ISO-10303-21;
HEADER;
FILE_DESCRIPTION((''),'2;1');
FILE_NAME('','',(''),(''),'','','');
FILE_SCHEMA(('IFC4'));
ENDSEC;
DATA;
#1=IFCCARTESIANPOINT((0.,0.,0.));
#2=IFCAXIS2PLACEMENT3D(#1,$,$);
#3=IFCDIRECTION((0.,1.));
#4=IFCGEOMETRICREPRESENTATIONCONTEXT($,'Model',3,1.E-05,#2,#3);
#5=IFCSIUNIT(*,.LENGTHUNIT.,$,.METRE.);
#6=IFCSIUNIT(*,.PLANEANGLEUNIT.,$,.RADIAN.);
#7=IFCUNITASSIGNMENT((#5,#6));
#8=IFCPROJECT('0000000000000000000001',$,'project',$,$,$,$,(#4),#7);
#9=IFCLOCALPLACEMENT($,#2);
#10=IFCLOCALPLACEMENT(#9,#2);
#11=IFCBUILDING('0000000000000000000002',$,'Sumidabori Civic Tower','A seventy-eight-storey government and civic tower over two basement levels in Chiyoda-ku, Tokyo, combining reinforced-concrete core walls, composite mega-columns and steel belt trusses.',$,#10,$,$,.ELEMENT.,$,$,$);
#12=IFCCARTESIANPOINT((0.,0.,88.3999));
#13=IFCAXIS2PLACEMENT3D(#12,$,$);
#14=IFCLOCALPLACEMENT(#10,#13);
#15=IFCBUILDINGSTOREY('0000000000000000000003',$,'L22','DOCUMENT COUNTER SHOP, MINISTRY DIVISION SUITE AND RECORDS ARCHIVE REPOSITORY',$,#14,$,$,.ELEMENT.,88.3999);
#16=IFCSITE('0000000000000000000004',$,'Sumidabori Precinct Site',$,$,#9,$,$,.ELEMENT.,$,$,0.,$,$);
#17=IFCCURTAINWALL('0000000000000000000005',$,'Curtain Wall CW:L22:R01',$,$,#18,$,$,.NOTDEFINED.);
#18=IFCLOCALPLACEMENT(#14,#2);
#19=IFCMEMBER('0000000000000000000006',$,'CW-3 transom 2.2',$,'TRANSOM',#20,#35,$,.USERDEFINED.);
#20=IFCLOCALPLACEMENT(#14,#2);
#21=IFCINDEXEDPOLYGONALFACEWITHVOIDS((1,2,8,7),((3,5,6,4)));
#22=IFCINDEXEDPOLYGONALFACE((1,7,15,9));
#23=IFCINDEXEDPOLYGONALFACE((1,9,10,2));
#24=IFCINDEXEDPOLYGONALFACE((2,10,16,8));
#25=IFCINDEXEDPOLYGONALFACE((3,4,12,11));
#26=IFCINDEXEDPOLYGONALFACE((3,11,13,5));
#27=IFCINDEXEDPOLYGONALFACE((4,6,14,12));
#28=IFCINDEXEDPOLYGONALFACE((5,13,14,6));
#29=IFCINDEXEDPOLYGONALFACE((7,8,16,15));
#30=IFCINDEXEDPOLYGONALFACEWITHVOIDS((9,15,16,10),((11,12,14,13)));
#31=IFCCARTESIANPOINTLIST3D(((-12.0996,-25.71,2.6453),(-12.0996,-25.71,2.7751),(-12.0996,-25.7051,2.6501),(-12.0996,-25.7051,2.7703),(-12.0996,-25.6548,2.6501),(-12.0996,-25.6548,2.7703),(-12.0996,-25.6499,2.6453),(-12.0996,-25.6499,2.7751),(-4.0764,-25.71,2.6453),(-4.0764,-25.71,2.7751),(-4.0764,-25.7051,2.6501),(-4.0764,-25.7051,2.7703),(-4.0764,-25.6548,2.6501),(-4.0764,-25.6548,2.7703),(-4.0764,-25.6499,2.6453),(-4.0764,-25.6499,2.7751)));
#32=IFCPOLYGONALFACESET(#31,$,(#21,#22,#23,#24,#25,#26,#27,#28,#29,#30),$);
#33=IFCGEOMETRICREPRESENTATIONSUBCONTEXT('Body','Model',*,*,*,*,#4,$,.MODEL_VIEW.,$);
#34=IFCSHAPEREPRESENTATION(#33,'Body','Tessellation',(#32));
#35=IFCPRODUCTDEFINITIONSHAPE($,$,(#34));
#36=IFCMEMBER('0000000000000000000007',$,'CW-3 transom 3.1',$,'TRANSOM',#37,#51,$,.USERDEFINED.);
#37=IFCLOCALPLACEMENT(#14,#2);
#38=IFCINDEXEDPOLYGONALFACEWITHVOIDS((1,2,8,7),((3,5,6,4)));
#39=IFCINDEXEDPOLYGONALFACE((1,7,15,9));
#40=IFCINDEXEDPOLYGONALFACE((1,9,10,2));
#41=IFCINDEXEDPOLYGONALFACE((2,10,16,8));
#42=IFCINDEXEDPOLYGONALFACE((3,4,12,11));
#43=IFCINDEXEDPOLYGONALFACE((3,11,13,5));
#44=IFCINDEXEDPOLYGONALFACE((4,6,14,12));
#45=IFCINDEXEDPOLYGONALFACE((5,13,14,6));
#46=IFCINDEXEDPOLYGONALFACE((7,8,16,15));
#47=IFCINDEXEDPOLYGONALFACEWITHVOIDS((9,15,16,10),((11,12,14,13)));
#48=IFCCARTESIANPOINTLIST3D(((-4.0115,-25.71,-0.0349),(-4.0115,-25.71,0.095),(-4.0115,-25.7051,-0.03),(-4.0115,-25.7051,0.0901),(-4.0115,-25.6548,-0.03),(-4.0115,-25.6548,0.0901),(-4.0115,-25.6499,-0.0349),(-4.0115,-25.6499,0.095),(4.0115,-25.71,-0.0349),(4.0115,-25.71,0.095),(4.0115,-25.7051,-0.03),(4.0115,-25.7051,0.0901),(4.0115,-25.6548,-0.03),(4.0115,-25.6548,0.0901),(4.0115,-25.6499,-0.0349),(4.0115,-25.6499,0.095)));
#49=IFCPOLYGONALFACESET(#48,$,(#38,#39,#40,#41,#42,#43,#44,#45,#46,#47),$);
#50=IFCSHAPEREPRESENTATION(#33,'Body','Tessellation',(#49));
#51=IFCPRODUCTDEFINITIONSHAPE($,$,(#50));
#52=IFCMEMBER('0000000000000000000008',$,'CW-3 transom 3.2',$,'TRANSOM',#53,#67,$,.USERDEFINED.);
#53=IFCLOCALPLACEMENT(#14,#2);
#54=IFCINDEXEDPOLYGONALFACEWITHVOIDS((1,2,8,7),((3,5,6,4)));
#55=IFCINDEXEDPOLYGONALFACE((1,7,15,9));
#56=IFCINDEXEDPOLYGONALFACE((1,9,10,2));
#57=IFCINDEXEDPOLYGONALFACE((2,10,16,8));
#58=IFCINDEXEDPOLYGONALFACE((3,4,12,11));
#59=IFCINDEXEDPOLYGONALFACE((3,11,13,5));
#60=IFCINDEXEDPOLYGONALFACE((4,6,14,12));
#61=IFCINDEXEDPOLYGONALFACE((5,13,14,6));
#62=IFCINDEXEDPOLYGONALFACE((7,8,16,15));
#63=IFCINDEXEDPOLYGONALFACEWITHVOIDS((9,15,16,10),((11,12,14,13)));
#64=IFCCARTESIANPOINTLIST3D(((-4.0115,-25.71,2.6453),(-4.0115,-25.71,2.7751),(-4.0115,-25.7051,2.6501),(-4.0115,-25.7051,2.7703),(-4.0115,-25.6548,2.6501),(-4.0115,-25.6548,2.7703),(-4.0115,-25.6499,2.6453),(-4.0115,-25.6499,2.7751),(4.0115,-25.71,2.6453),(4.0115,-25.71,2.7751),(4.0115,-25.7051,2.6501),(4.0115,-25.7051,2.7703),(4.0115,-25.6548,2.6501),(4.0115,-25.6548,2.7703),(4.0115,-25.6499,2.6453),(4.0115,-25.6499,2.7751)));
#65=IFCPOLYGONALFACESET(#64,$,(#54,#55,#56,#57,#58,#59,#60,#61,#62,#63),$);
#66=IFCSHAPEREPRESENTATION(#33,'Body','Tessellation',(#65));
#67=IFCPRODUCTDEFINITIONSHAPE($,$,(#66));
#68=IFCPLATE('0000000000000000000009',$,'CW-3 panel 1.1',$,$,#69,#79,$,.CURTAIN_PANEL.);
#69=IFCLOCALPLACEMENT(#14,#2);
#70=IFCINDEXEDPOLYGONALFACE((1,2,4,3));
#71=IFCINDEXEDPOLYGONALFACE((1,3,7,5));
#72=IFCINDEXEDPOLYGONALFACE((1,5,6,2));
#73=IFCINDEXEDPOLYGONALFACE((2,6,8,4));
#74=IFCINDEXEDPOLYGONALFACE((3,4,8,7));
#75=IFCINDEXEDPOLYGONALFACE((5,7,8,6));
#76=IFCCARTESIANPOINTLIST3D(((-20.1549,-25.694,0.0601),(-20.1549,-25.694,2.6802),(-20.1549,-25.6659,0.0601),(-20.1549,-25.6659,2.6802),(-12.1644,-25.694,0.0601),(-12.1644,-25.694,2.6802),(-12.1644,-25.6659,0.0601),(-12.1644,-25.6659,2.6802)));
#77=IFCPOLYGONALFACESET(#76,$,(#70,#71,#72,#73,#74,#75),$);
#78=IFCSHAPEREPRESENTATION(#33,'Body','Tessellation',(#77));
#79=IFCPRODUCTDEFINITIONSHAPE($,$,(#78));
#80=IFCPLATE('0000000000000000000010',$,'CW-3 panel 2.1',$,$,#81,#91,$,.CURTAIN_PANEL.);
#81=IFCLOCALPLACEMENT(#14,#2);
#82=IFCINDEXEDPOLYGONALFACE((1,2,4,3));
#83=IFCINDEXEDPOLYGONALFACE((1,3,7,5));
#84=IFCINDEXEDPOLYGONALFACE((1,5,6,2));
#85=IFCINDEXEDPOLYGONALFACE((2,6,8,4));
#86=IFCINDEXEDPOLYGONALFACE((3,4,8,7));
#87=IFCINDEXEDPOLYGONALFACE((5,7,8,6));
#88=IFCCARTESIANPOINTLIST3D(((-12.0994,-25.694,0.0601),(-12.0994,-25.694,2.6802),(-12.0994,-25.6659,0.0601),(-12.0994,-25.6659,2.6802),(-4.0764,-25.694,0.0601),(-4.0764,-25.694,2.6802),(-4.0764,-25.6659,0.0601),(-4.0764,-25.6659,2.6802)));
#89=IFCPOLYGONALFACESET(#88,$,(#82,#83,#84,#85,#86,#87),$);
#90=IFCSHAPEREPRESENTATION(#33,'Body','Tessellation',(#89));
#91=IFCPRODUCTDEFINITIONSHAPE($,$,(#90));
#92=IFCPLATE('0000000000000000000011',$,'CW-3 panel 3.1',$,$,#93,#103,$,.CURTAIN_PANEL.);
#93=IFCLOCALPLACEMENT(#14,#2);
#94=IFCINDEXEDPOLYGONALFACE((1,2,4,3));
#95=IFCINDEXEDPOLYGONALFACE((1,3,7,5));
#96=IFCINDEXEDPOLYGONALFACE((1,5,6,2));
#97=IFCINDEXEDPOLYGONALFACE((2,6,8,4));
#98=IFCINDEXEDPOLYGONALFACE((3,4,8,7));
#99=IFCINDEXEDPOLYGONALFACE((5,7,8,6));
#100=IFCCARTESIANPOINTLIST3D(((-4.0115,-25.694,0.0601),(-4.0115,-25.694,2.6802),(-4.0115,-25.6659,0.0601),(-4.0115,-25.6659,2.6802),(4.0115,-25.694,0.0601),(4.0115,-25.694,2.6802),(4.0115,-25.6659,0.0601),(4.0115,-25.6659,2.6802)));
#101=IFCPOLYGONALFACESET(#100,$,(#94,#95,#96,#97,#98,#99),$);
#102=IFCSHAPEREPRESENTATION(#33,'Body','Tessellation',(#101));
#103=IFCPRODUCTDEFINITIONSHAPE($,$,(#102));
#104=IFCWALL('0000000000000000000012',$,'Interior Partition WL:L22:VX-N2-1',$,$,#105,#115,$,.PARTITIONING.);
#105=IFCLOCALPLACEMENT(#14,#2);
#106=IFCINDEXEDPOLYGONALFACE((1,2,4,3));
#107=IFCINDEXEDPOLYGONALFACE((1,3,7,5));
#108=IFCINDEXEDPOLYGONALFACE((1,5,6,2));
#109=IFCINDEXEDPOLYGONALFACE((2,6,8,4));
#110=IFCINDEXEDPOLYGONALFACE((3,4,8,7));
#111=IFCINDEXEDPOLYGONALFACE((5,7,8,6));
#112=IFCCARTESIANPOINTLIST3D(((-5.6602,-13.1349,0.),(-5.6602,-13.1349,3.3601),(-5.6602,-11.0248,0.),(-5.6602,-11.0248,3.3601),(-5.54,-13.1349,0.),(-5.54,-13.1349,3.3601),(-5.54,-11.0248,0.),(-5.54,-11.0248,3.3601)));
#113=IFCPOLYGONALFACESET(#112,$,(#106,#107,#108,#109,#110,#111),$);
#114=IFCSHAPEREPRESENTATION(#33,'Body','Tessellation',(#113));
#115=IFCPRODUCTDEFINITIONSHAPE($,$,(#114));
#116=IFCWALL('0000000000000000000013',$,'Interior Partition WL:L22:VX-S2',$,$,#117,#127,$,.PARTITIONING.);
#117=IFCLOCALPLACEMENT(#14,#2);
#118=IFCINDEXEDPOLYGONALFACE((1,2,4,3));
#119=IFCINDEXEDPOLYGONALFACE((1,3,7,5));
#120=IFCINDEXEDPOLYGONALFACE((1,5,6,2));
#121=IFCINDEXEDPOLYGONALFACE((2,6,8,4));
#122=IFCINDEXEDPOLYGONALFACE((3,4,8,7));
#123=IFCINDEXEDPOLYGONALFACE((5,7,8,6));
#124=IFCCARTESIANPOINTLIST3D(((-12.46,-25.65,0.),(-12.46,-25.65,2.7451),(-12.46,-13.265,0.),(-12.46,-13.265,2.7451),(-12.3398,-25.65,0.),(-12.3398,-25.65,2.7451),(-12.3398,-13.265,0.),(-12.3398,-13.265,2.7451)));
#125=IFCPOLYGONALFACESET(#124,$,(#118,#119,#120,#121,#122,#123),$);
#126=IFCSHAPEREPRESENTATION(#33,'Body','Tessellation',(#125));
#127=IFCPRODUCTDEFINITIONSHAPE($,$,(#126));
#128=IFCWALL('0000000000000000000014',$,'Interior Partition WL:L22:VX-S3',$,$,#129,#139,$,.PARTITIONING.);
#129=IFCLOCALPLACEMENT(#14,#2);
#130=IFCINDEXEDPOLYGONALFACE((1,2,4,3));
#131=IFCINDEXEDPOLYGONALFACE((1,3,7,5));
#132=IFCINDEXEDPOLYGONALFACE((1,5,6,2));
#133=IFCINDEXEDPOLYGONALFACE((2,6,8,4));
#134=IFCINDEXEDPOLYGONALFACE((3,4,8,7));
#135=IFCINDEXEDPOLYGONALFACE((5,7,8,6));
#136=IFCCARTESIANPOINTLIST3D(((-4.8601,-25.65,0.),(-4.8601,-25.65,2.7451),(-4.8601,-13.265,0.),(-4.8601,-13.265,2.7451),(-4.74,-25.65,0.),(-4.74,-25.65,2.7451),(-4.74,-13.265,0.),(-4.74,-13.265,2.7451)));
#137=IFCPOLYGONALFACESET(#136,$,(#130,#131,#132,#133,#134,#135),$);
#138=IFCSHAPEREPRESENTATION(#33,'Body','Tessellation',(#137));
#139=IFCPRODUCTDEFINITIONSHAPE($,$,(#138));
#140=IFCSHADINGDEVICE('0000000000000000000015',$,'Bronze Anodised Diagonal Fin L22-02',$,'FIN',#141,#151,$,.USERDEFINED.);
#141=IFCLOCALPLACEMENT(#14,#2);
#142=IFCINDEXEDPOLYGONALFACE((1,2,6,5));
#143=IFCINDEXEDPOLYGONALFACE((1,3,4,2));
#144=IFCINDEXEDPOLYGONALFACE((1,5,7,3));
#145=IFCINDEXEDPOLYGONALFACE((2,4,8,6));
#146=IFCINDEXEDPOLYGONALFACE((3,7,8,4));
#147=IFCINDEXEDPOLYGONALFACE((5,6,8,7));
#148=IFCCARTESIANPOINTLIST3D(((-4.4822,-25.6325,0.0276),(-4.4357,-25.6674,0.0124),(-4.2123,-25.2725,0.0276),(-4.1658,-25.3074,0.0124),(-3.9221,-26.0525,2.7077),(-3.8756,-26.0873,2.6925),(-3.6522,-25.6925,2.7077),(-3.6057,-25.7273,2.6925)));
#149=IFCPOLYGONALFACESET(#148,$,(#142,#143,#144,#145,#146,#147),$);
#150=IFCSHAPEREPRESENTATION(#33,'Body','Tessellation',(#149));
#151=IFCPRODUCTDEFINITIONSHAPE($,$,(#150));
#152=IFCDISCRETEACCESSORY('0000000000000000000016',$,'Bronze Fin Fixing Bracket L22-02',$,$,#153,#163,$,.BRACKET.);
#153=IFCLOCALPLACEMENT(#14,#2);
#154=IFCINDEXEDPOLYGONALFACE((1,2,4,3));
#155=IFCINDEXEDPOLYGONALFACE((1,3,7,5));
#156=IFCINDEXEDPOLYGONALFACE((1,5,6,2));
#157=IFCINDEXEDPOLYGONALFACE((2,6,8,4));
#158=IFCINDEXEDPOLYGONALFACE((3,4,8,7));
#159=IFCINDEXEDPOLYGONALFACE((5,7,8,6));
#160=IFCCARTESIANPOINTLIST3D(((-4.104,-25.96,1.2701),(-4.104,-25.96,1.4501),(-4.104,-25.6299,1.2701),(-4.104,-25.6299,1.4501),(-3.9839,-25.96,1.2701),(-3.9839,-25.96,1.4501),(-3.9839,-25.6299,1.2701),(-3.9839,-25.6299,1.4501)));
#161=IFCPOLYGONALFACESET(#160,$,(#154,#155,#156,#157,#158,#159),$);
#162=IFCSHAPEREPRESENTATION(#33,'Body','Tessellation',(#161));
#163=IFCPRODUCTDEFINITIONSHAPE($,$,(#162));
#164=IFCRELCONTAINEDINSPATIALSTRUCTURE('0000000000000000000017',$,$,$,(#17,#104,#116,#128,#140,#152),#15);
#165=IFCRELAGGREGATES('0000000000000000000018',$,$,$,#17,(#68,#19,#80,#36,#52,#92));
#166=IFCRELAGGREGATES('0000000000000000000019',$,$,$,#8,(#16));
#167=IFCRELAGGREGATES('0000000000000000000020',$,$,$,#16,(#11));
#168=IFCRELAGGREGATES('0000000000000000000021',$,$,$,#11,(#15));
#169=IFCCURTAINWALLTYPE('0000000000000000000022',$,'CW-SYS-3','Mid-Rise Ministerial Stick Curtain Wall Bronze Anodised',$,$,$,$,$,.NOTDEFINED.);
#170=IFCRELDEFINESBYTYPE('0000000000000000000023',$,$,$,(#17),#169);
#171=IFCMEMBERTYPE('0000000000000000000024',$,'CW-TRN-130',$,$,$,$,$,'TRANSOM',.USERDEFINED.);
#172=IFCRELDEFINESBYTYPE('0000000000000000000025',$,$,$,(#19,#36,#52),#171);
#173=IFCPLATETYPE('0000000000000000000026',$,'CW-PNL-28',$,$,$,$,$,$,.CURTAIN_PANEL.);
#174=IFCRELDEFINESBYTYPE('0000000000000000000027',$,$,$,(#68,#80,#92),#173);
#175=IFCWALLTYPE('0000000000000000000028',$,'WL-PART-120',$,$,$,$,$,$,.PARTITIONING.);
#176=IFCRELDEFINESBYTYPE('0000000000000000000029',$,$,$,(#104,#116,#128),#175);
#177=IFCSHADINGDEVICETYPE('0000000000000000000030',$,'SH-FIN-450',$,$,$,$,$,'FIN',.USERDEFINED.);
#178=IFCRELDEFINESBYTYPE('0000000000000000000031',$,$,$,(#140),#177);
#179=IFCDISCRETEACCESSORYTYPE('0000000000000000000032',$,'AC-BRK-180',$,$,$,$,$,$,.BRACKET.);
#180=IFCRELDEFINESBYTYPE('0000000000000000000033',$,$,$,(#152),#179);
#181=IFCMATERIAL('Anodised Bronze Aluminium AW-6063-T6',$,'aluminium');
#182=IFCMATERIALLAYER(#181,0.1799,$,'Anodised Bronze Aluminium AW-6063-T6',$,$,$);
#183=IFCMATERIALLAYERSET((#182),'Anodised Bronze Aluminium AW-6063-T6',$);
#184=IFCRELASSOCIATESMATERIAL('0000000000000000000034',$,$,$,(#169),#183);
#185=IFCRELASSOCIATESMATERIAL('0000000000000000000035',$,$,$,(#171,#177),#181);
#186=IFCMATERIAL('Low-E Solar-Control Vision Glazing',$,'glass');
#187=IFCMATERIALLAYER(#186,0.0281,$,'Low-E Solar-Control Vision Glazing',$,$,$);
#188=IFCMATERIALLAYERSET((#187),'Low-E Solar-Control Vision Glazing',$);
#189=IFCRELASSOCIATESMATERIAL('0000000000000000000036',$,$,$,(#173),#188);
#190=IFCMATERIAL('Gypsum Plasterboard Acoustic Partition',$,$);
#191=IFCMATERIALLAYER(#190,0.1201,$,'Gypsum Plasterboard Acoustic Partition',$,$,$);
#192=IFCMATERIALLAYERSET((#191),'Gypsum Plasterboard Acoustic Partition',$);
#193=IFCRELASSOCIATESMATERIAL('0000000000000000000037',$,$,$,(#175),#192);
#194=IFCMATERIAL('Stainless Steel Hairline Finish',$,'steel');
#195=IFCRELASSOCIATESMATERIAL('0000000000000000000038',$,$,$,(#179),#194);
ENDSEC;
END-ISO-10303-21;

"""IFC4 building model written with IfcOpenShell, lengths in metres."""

from ifc_helpers import new_model, si_unit, direction, frame, frame_2d, origin, origin_2d, place, context, subcontext, project, spatial, rectangle, hollow_rectangle, extrude, source, transform, mapped, material, layer, layer_set, material_profile, profile_set, type_object, element, aggregate, save


model = new_model("IFC4")

# Units and contexts
model_context = context("Model", 3, precision=1e-05, world=origin(), true_north=direction((0.0, 1.0)))
body_context = subcontext(model_context, "Body", "Model", "MODEL_VIEW")
ifc_project = project(units=[si_unit("LENGTHUNIT", "METRE"), si_unit("PLANEANGLEUNIT", "RADIAN")], contexts=[model_context])

# Site, building, storey
site_placement = place(None, origin())
site = spatial("IfcSite", under=ifc_project, at=site_placement, Name="Sumidabori Precinct Site", CompositionType="ELEMENT", RefElevation=0.0)
building_placement = place(site_placement, origin())
building = spatial("IfcBuilding", under=site, at=building_placement, Name="Sumidabori Civic Tower", Description="A seventy-eight-storey government and civic tower over two basement levels in Chiyoda-ku, Tokyo, combining reinforced-concrete core walls, composite mega-columns and steel belt trusses.", CompositionType="ELEMENT")
storey_placement = place(building_placement, frame((0.0, 0.0, 88.3999)))
storey = spatial("IfcBuildingStorey", under=building, at=storey_placement, Name="L22", Description="DOCUMENT COUNTER SHOP, MINISTRY DIVISION SUITE AND RECORDS ARCHIVE REPOSITORY", CompositionType="ELEMENT", Elevation=88.3999)

# Curtain wall, members, plates
ifc_material_1 = material(Name="Anodised Bronze Aluminium AW-6063-T6", Category="aluminium")
ifc_layer_1 = layer(ifc_material_1, 0.1799, Name="Anodised Bronze Aluminium AW-6063-T6")
ifc_layer_set_1 = layer_set([ifc_layer_1], Name="Anodised Bronze Aluminium AW-6063-T6")
curtain_wall_type = type_object("IfcCurtainWallType", Name="CW-SYS-3", Description="Mid-Rise Ministerial Stick Curtain Wall Bronze Anodised", PredefinedType="NOTDEFINED", material=ifc_layer_set_1)
curtain_wall_placement = place(storey_placement, origin())
curtain_wall = element("IfcCurtainWall", 1, at=curtain_wall_placement, inside=storey, type_object=curtain_wall_type, Name="Curtain Wall CW:L22:R01", PredefinedType="NOTDEFINED")
ifc_material_profile_1 = material_profile(ifc_material_1, hollow_rectangle(XDim=0.0601, YDim=0.1299, WallThickness=0.0049, at=origin_2d()), Name="ALU TRANSOM 130x60")
ifc_profile_set_1 = profile_set([ifc_material_profile_1], Name="Anodised Bronze Aluminium AW-6063-T6")
member_type_1 = type_object("IfcMemberType", Name="CW-TRN-130", ElementType="TRANSOM", PredefinedType="USERDEFINED", material=ifc_profile_set_1)
shared_shape_1 = source(origin(), body_context, "Body", "SweptSolid", [
    extrude(hollow_rectangle(XDim=0.0601, YDim=0.1299, WallThickness=0.0049, at=origin_2d()), origin(), (0.0, 0.0, 1.0), 8.0232),
])
member_1_placement = place(storey_placement, frame((-12.0996, -25.6799, 2.7102), z_axis=(1.0, 0.0, 0.0), x_axis=(0.0, 1.0, 0.0)))
member_1 = element("IfcMember", 2, at=member_1_placement, type_object=member_type_1, Name="CW-3 transom 2.2", ObjectType="TRANSOM", PredefinedType="USERDEFINED", context=body_context, shape_type="MappedRepresentation", body=[
    mapped(shared_shape_1, transform((0.0, 0.0, 0.0), x_axis=(1.0, 0.0, 0.0), y_axis=(0.0, 1.0, 0.0), z_axis=(0.0, 0.0, 1.0), scale=1.0)),
])
shared_shape_2 = source(origin(), body_context, "Body", "SweptSolid", [
    extrude(hollow_rectangle(XDim=0.0601, YDim=0.1299, WallThickness=0.0049, at=origin_2d()), origin(), (0.0, 0.0, 1.0), 8.0229),
])
member_2_placement = place(storey_placement, frame((-4.0115, -25.6799, 0.03), z_axis=(1.0, 0.0, 0.0), x_axis=(0.0, 1.0, 0.0)))
member_2 = element("IfcMember", 3, at=member_2_placement, type_object=member_type_1, Name="CW-3 transom 3.1", ObjectType="TRANSOM", PredefinedType="USERDEFINED", context=body_context, shape_type="MappedRepresentation", body=[
    mapped(shared_shape_2, transform((0.0, 0.0, 0.0), x_axis=(1.0, 0.0, 0.0), y_axis=(0.0, 1.0, 0.0), z_axis=(0.0, 0.0, 1.0), scale=1.0)),
])
member_3_placement = place(storey_placement, frame((-4.0115, -25.6799, 2.7102), z_axis=(1.0, 0.0, 0.0), x_axis=(0.0, 1.0, 0.0)))
member_3 = element("IfcMember", 4, at=member_3_placement, type_object=member_type_1, Name="CW-3 transom 3.2", ObjectType="TRANSOM", PredefinedType="USERDEFINED", context=body_context, shape_type="MappedRepresentation", body=[
    mapped(shared_shape_2, transform((0.0, 0.0, 0.0), x_axis=(1.0, 0.0, 0.0), y_axis=(0.0, 1.0, 0.0), z_axis=(0.0, 0.0, 1.0), scale=1.0)),
])
ifc_material_2 = material(Name="Low-E Solar-Control Vision Glazing", Category="glass")
ifc_layer_2 = layer(ifc_material_2, 0.0281, Name="Low-E Solar-Control Vision Glazing")
ifc_layer_set_2 = layer_set([ifc_layer_2], Name="Low-E Solar-Control Vision Glazing")
plate_type = type_object("IfcPlateType", Name="CW-PNL-28", PredefinedType="CURTAIN_PANEL", material=ifc_layer_set_2)
shared_shape_3 = source(origin(), body_context, "Body", "SweptSolid", [
    extrude(rectangle(XDim=7.9905, YDim=0.0281, at=origin_2d()), origin(), (0.0, 0.0, 1.0), 2.6201),
])
plate_1_placement = place(storey_placement, frame((-16.1597, -25.6799, 0.0601), z_axis=(0.0, 0.0, 1.0), x_axis=(1.0, 0.0, 0.0)))
plate_1 = element("IfcPlate", 5, at=plate_1_placement, type_object=plate_type, Name="CW-3 panel 1.1", PredefinedType="CURTAIN_PANEL", context=body_context, shape_type="MappedRepresentation", body=[
    mapped(shared_shape_3, transform((0.0, 0.0, 0.0), x_axis=(1.0, 0.0, 0.0), y_axis=(0.0, 1.0, 0.0), z_axis=(0.0, 0.0, 1.0), scale=1.0)),
])
shared_shape_4 = source(origin(), body_context, "Body", "SweptSolid", [
    extrude(rectangle(XDim=8.0229, YDim=0.0281, at=origin_2d()), origin(), (0.0, 0.0, 1.0), 2.6201),
])
plate_2_placement = place(storey_placement, frame((-8.0879, -25.6799, 0.0601), z_axis=(0.0, 0.0, 1.0), x_axis=(1.0, 0.0, 0.0)))
plate_2 = element("IfcPlate", 6, at=plate_2_placement, type_object=plate_type, Name="CW-3 panel 2.1", PredefinedType="CURTAIN_PANEL", context=body_context, shape_type="MappedRepresentation", body=[
    mapped(shared_shape_4, transform((0.0, 0.0, 0.0), x_axis=(1.0, 0.0, 0.0), y_axis=(0.0, 1.0, 0.0), z_axis=(0.0, 0.0, 1.0), scale=1.0)),
])
plate_3_placement = place(storey_placement, frame((0.0, -25.6799, 0.0601), z_axis=(0.0, 0.0, 1.0), x_axis=(1.0, 0.0, 0.0)))
plate_3 = element("IfcPlate", 7, at=plate_3_placement, type_object=plate_type, Name="CW-3 panel 3.1", PredefinedType="CURTAIN_PANEL", context=body_context, shape_type="MappedRepresentation", body=[
    mapped(shared_shape_4, transform((0.0, 0.0, 0.0), x_axis=(1.0, 0.0, 0.0), y_axis=(0.0, 1.0, 0.0), z_axis=(0.0, 0.0, 1.0), scale=1.0)),
])
aggregate(curtain_wall, [plate_1, member_1, plate_2, member_2, member_3, plate_3])

# Walls
ifc_material_3 = material(Name="Gypsum Plasterboard Acoustic Partition")
ifc_layer_3 = layer(ifc_material_3, 0.1201, Name="Gypsum Plasterboard Acoustic Partition")
ifc_layer_set_3 = layer_set([ifc_layer_3], Name="Gypsum Plasterboard Acoustic Partition")
wall_type = type_object("IfcWallType", Name="WL-PART-120", PredefinedType="PARTITIONING", material=ifc_layer_set_3)
shared_shape_5 = source(origin(), body_context, "Body", "SweptSolid", [
    extrude(rectangle(XDim=2.1101, YDim=0.1201, at=frame_2d((1.0552, 0.0))), origin(), (0.0, 0.0, 1.0), 3.3601),
])
wall_placement = place(storey_placement, frame((-5.6001, -13.135, 0.0), z_axis=(0.0, 0.0, 1.0), x_axis=(0.0, 1.0, 0.0)))
element("IfcWall", 8, at=wall_placement, inside=storey, type_object=wall_type, Name="Interior Partition WL:L22:VX-N2-1", PredefinedType="PARTITIONING", context=body_context, shape_type="MappedRepresentation", body=[
    mapped(shared_shape_5, transform((0.0, 0.0, 0.0), x_axis=(1.0, 0.0, 0.0), y_axis=(0.0, 1.0, 0.0), z_axis=(0.0, 0.0, 1.0), scale=1.0)),
])
shared_shape_6 = source(origin(), body_context, "Body", "SweptSolid", [
    extrude(rectangle(XDim=12.385, YDim=0.1201, at=frame_2d((6.1924, 0.0))), origin(), (0.0, 0.0, 1.0), 2.7451),
])
for number, where, z_axis, x_axis, name in (
    (9, (-12.3999, -25.6499, 0.0), (0.0, 0.0, 1.0), (0.0, 1.0, 0.0), "Interior Partition WL:L22:VX-S2"),
    (10, (-4.8, -25.6499, 0.0), (0.0, 0.0, 1.0), (0.0, 1.0, 0.0), "Interior Partition WL:L22:VX-S3"),
):
    element("IfcWall", number, at=place(storey_placement, frame(where, z_axis=z_axis, x_axis=x_axis)), inside=storey, type_object=wall_type, Name=name, PredefinedType="PARTITIONING", context=body_context, shape_type="MappedRepresentation", body=[
        mapped(shared_shape_6, transform((0.0, 0.0, 0.0), x_axis=(1.0, 0.0, 0.0), y_axis=(0.0, 1.0, 0.0), z_axis=(0.0, 0.0, 1.0), scale=1.0)),
    ])

# Shading device
ifc_material_profile_2 = material_profile(ifc_material_1, rectangle(XDim=0.0601, YDim=0.45, at=origin_2d()), Name="BRONZE FIN 450x60")
ifc_profile_set_2 = profile_set([ifc_material_profile_2], Name="Anodised Bronze Aluminium AW-6063-T6")
shading_device_type = type_object("IfcShadingDeviceType", Name="SH-FIN-450", ElementType="FIN", PredefinedType="USERDEFINED", material=ifc_profile_set_2)
shared_shape_7 = source(origin(), body_context, "Body", "SweptSolid", [
    extrude(rectangle(XDim=0.0601, YDim=0.45, at=origin_2d()), origin(), (0.0, 0.0, 1.0), 2.77),
])
shading_device_placement = place(storey_placement, frame((-4.324, -25.47, 0.02), z_axis=(0.202181, -0.151592, 0.967545), x_axis=(0.774117, -0.580419, -0.2527)))
element("IfcShadingDevice", 11, at=shading_device_placement, inside=storey, type_object=shading_device_type, Name="Bronze Anodised Diagonal Fin L22-02", ObjectType="FIN", PredefinedType="USERDEFINED", context=body_context, shape_type="MappedRepresentation", body=[
    mapped(shared_shape_7, transform((0.0, 0.0, 0.0), x_axis=(1.0, 0.0, 0.0), y_axis=(0.0, 1.0, 0.0), z_axis=(0.0, 0.0, 1.0), scale=1.0)),
])

# Discrete accessory
ifc_material_4 = material(Name="Stainless Steel Hairline Finish", Category="steel")
ifc_material_profile_3 = material_profile(ifc_material_4, rectangle(XDim=0.1201, YDim=0.1799, at=origin_2d()), Name="STEEL BRACKET 180x120")
ifc_profile_set_3 = profile_set([ifc_material_profile_3], Name="Stainless Steel Hairline Finish")
discrete_accessory_type = type_object("IfcDiscreteAccessoryType", Name="AC-BRK-180", PredefinedType="BRACKET", material=ifc_profile_set_3)
shared_shape_8 = source(origin(), body_context, "Body", "SweptSolid", [
    extrude(rectangle(XDim=0.1201, YDim=0.1799, at=origin_2d()), origin(), (0.0, 0.0, 1.0), 0.3301),
])
discrete_accessory_placement = place(storey_placement, frame((-4.0439, -25.6299, 1.3601), z_axis=(0.0, -1.0, 0.0), x_axis=(1.0, 0.0, 0.0)))
element("IfcDiscreteAccessory", 12, at=discrete_accessory_placement, inside=storey, type_object=discrete_accessory_type, Name="Bronze Fin Fixing Bracket L22-02", PredefinedType="BRACKET", context=body_context, shape_type="MappedRepresentation", body=[
    mapped(shared_shape_8, transform((0.0, 0.0, 0.0), x_axis=(1.0, 0.0, 0.0), y_axis=(0.0, 1.0, 0.0), z_axis=(0.0, 0.0, 1.0), scale=1.0)),
])

save(model, "model.ifc")
